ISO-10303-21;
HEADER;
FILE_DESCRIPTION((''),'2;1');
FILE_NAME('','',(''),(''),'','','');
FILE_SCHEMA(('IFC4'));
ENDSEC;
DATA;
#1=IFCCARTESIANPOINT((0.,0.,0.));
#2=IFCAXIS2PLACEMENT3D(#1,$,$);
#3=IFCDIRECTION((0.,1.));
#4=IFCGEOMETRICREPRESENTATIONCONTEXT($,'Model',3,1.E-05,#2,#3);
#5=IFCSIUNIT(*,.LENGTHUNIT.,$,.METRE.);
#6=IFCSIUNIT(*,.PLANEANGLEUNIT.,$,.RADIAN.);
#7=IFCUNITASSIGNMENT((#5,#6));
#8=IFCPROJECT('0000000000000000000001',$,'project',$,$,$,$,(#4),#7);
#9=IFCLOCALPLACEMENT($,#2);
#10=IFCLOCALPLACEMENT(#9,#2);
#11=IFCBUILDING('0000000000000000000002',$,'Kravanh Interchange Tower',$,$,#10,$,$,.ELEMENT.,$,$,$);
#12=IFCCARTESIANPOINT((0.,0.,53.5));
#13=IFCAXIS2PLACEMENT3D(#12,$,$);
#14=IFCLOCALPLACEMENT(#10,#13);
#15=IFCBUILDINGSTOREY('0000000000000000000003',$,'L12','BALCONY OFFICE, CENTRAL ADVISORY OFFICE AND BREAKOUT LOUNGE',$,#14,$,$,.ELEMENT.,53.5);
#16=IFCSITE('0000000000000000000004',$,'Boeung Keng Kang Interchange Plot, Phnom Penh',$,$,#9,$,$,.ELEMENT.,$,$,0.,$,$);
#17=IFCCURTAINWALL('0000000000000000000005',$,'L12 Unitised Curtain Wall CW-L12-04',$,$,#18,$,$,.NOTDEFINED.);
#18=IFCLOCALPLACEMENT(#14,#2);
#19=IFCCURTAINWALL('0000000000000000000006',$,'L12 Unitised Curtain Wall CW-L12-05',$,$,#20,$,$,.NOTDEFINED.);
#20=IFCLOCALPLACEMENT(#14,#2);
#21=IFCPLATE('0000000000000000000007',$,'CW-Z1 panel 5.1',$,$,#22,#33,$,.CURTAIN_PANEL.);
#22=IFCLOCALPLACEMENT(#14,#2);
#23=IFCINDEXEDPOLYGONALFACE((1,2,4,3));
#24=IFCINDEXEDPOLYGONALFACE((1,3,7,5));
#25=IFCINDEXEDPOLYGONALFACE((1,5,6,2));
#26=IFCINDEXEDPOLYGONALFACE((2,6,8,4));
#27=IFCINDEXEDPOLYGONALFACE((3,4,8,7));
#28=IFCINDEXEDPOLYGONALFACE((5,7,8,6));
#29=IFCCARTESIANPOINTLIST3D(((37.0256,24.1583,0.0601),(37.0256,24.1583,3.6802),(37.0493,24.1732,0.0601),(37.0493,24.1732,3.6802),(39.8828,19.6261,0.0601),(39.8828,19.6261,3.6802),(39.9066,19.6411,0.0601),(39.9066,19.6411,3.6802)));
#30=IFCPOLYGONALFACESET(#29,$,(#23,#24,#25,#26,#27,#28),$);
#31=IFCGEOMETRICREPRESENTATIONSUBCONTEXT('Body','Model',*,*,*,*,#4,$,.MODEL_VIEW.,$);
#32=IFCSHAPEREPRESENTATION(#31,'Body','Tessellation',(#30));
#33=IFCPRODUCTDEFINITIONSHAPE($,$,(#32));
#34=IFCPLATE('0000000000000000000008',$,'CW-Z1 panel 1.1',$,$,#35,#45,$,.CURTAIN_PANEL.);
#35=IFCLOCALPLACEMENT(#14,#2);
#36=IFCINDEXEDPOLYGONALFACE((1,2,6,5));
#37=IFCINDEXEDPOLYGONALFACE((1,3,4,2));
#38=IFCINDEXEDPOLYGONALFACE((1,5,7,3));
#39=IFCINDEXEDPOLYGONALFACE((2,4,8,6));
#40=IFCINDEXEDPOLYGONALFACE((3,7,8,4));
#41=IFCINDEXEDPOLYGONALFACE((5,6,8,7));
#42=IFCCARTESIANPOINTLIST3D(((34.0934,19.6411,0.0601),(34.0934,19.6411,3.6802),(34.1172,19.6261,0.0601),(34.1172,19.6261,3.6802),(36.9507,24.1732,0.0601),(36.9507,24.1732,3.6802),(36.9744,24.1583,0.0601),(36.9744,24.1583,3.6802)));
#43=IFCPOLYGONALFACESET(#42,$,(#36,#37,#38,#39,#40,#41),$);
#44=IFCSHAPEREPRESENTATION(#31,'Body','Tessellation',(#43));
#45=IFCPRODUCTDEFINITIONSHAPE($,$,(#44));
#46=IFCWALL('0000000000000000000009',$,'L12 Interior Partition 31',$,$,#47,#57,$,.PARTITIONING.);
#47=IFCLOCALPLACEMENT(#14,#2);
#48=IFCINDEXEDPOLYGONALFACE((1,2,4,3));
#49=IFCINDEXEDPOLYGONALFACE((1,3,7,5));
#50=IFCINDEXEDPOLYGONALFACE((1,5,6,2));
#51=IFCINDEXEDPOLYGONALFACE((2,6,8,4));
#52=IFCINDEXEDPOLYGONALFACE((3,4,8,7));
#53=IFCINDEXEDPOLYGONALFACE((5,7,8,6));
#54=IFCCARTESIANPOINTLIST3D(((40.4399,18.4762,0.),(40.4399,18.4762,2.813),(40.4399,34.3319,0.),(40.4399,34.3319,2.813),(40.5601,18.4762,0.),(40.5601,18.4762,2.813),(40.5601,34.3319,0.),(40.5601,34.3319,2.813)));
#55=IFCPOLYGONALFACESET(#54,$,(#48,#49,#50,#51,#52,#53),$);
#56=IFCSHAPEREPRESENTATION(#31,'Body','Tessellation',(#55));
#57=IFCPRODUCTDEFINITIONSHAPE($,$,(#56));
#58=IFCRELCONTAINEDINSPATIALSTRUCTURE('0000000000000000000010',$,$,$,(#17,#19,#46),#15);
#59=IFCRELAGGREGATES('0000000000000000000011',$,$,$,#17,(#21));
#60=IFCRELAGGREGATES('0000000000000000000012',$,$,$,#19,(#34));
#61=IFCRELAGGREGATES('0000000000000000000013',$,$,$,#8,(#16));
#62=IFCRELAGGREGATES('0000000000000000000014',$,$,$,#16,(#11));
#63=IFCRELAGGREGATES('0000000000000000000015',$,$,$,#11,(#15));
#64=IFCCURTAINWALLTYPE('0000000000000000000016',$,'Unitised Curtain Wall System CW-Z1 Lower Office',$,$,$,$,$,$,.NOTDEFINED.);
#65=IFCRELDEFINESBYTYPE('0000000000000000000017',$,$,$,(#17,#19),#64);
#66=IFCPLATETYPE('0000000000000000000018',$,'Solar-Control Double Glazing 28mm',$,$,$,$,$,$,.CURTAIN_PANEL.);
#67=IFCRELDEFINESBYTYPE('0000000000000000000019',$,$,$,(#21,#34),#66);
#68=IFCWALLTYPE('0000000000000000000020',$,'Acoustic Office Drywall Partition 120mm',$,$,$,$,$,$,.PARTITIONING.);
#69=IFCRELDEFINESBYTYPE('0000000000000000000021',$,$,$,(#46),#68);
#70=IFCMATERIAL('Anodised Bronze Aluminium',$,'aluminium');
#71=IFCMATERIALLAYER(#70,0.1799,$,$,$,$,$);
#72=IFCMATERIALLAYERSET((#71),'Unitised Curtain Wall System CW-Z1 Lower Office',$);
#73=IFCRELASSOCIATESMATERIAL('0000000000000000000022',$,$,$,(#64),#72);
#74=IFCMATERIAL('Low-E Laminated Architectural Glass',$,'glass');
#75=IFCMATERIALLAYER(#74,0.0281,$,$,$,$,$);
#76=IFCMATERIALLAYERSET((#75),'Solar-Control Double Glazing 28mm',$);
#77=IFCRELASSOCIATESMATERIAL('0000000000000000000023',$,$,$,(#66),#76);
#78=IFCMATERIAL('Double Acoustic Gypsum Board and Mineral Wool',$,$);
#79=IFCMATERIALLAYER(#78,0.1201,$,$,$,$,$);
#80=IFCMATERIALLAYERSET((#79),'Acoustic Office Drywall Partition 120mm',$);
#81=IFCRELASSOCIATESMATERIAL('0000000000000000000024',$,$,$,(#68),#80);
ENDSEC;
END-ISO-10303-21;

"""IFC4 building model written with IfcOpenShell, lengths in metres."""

from ifc_helpers import new_model, si_unit, direction, frame, frame_2d, origin, origin_2d, place, context, subcontext, project, spatial, rectangle, extrude, material, layer, layer_set, type_object, element, aggregate, save


model = new_model("IFC4")

# Units and contexts
model_context = context("Model", 3, precision=1e-05, world=origin(), true_north=direction((0.0, 1.0)))
body_context = subcontext(model_context, "Body", "Model", "MODEL_VIEW")
ifc_project = project(units=[si_unit("LENGTHUNIT", "METRE"), si_unit("PLANEANGLEUNIT", "RADIAN")], contexts=[model_context])

# Site, building, storey
site_placement = place(None, origin())
site = spatial("IfcSite", under=ifc_project, at=site_placement, Name="Boeung Keng Kang Interchange Plot, Phnom Penh", CompositionType="ELEMENT", RefElevation=0.0)
building_placement = place(site_placement, origin())
building = spatial("IfcBuilding", under=site, at=building_placement, Name="Kravanh Interchange Tower", CompositionType="ELEMENT")
storey_placement = place(building_placement, frame((0.0, 0.0, 53.5)))
storey = spatial("IfcBuildingStorey", under=building, at=storey_placement, Name="L12", Description="BALCONY OFFICE, CENTRAL ADVISORY OFFICE AND BREAKOUT LOUNGE", CompositionType="ELEMENT", Elevation=53.5)

# Curtain walls
ifc_material_1 = material(Name="Anodised Bronze Aluminium", Category="aluminium")
ifc_layer_1 = layer(ifc_material_1, 0.1799)
ifc_layer_set_1 = layer_set([ifc_layer_1], Name="Unitised Curtain Wall System CW-Z1 Lower Office")
curtain_wall_type = type_object("IfcCurtainWallType", Name="Unitised Curtain Wall System CW-Z1 Lower Office", PredefinedType="NOTDEFINED", material=ifc_layer_set_1)
curtain_wall_1_placement = place(storey_placement, origin())
curtain_wall_1 = element("IfcCurtainWall", 1, at=curtain_wall_1_placement, inside=storey, type_object=curtain_wall_type, Name="L12 Unitised Curtain Wall CW-L12-04", PredefinedType="NOTDEFINED")
curtain_wall_2_placement = place(storey_placement, origin())
curtain_wall_2 = element("IfcCurtainWall", 2, at=curtain_wall_2_placement, inside=storey, type_object=curtain_wall_type, Name="L12 Unitised Curtain Wall CW-L12-05", PredefinedType="NOTDEFINED")

# Plates
ifc_material_2 = material(Name="Low-E Laminated Architectural Glass", Category="glass")
ifc_layer_2 = layer(ifc_material_2, 0.0281)
ifc_layer_set_2 = layer_set([ifc_layer_2], Name="Solar-Control Double Glazing 28mm")
plate_type = type_object("IfcPlateType", Name="Solar-Control Double Glazing 28mm", PredefinedType="CURTAIN_PANEL", material=ifc_layer_set_2)
plate_1_placement = place(storey_placement, frame((38.4661, 21.8997, 0.0601), z_axis=(0.0, 0.0, 1.0), x_axis=(-0.533301, 0.845926, 0.0)))
plate_1 = element("IfcPlate", 3, at=plate_1_placement, type_object=plate_type, Name="CW-Z1 panel 5.1", PredefinedType="CURTAIN_PANEL", context=body_context, shape_type="SweptSolid", body=[
    extrude(rectangle(XDim=5.3577, YDim=0.0281, at=origin_2d()), origin(), (0.0, 0.0, 1.0), 3.6201),
])
aggregate(curtain_wall_1, [plate_1])
plate_2_placement = place(storey_placement, frame((35.5339, 21.8997, 0.0601), z_axis=(0.0, 0.0, 1.0), x_axis=(-0.533301, -0.845926, 0.0)))
plate_2 = element("IfcPlate", 4, at=plate_2_placement, type_object=plate_type, Name="CW-Z1 panel 1.1", PredefinedType="CURTAIN_PANEL", context=body_context, shape_type="SweptSolid", body=[
    extrude(rectangle(XDim=5.3577, YDim=0.0281, at=origin_2d()), origin(), (0.0, 0.0, 1.0), 3.6201),
])
aggregate(curtain_wall_2, [plate_2])

# Wall
ifc_material_3 = material(Name="Double Acoustic Gypsum Board and Mineral Wool")
ifc_layer_3 = layer(ifc_material_3, 0.1201)
ifc_layer_set_3 = layer_set([ifc_layer_3], Name="Acoustic Office Drywall Partition 120mm")
wall_type = type_object("IfcWallType", Name="Acoustic Office Drywall Partition 120mm", PredefinedType="PARTITIONING", material=ifc_layer_set_3)
wall_placement = place(storey_placement, frame((40.5, 18.4763, 0.0), z_axis=(0.0, 0.0, 1.0), x_axis=(0.0, 1.0, 0.0)))
element("IfcWall", 5, at=wall_placement, inside=storey, type_object=wall_type, Name="L12 Interior Partition 31", PredefinedType="PARTITIONING", context=body_context, shape_type="SweptSolid", body=[
    extrude(rectangle(XDim=15.8557, YDim=0.1201, at=frame_2d((7.9277, 0.0))), origin(), (0.0, 0.0, 1.0), 2.813),
])

save(model, "model.ifc")
